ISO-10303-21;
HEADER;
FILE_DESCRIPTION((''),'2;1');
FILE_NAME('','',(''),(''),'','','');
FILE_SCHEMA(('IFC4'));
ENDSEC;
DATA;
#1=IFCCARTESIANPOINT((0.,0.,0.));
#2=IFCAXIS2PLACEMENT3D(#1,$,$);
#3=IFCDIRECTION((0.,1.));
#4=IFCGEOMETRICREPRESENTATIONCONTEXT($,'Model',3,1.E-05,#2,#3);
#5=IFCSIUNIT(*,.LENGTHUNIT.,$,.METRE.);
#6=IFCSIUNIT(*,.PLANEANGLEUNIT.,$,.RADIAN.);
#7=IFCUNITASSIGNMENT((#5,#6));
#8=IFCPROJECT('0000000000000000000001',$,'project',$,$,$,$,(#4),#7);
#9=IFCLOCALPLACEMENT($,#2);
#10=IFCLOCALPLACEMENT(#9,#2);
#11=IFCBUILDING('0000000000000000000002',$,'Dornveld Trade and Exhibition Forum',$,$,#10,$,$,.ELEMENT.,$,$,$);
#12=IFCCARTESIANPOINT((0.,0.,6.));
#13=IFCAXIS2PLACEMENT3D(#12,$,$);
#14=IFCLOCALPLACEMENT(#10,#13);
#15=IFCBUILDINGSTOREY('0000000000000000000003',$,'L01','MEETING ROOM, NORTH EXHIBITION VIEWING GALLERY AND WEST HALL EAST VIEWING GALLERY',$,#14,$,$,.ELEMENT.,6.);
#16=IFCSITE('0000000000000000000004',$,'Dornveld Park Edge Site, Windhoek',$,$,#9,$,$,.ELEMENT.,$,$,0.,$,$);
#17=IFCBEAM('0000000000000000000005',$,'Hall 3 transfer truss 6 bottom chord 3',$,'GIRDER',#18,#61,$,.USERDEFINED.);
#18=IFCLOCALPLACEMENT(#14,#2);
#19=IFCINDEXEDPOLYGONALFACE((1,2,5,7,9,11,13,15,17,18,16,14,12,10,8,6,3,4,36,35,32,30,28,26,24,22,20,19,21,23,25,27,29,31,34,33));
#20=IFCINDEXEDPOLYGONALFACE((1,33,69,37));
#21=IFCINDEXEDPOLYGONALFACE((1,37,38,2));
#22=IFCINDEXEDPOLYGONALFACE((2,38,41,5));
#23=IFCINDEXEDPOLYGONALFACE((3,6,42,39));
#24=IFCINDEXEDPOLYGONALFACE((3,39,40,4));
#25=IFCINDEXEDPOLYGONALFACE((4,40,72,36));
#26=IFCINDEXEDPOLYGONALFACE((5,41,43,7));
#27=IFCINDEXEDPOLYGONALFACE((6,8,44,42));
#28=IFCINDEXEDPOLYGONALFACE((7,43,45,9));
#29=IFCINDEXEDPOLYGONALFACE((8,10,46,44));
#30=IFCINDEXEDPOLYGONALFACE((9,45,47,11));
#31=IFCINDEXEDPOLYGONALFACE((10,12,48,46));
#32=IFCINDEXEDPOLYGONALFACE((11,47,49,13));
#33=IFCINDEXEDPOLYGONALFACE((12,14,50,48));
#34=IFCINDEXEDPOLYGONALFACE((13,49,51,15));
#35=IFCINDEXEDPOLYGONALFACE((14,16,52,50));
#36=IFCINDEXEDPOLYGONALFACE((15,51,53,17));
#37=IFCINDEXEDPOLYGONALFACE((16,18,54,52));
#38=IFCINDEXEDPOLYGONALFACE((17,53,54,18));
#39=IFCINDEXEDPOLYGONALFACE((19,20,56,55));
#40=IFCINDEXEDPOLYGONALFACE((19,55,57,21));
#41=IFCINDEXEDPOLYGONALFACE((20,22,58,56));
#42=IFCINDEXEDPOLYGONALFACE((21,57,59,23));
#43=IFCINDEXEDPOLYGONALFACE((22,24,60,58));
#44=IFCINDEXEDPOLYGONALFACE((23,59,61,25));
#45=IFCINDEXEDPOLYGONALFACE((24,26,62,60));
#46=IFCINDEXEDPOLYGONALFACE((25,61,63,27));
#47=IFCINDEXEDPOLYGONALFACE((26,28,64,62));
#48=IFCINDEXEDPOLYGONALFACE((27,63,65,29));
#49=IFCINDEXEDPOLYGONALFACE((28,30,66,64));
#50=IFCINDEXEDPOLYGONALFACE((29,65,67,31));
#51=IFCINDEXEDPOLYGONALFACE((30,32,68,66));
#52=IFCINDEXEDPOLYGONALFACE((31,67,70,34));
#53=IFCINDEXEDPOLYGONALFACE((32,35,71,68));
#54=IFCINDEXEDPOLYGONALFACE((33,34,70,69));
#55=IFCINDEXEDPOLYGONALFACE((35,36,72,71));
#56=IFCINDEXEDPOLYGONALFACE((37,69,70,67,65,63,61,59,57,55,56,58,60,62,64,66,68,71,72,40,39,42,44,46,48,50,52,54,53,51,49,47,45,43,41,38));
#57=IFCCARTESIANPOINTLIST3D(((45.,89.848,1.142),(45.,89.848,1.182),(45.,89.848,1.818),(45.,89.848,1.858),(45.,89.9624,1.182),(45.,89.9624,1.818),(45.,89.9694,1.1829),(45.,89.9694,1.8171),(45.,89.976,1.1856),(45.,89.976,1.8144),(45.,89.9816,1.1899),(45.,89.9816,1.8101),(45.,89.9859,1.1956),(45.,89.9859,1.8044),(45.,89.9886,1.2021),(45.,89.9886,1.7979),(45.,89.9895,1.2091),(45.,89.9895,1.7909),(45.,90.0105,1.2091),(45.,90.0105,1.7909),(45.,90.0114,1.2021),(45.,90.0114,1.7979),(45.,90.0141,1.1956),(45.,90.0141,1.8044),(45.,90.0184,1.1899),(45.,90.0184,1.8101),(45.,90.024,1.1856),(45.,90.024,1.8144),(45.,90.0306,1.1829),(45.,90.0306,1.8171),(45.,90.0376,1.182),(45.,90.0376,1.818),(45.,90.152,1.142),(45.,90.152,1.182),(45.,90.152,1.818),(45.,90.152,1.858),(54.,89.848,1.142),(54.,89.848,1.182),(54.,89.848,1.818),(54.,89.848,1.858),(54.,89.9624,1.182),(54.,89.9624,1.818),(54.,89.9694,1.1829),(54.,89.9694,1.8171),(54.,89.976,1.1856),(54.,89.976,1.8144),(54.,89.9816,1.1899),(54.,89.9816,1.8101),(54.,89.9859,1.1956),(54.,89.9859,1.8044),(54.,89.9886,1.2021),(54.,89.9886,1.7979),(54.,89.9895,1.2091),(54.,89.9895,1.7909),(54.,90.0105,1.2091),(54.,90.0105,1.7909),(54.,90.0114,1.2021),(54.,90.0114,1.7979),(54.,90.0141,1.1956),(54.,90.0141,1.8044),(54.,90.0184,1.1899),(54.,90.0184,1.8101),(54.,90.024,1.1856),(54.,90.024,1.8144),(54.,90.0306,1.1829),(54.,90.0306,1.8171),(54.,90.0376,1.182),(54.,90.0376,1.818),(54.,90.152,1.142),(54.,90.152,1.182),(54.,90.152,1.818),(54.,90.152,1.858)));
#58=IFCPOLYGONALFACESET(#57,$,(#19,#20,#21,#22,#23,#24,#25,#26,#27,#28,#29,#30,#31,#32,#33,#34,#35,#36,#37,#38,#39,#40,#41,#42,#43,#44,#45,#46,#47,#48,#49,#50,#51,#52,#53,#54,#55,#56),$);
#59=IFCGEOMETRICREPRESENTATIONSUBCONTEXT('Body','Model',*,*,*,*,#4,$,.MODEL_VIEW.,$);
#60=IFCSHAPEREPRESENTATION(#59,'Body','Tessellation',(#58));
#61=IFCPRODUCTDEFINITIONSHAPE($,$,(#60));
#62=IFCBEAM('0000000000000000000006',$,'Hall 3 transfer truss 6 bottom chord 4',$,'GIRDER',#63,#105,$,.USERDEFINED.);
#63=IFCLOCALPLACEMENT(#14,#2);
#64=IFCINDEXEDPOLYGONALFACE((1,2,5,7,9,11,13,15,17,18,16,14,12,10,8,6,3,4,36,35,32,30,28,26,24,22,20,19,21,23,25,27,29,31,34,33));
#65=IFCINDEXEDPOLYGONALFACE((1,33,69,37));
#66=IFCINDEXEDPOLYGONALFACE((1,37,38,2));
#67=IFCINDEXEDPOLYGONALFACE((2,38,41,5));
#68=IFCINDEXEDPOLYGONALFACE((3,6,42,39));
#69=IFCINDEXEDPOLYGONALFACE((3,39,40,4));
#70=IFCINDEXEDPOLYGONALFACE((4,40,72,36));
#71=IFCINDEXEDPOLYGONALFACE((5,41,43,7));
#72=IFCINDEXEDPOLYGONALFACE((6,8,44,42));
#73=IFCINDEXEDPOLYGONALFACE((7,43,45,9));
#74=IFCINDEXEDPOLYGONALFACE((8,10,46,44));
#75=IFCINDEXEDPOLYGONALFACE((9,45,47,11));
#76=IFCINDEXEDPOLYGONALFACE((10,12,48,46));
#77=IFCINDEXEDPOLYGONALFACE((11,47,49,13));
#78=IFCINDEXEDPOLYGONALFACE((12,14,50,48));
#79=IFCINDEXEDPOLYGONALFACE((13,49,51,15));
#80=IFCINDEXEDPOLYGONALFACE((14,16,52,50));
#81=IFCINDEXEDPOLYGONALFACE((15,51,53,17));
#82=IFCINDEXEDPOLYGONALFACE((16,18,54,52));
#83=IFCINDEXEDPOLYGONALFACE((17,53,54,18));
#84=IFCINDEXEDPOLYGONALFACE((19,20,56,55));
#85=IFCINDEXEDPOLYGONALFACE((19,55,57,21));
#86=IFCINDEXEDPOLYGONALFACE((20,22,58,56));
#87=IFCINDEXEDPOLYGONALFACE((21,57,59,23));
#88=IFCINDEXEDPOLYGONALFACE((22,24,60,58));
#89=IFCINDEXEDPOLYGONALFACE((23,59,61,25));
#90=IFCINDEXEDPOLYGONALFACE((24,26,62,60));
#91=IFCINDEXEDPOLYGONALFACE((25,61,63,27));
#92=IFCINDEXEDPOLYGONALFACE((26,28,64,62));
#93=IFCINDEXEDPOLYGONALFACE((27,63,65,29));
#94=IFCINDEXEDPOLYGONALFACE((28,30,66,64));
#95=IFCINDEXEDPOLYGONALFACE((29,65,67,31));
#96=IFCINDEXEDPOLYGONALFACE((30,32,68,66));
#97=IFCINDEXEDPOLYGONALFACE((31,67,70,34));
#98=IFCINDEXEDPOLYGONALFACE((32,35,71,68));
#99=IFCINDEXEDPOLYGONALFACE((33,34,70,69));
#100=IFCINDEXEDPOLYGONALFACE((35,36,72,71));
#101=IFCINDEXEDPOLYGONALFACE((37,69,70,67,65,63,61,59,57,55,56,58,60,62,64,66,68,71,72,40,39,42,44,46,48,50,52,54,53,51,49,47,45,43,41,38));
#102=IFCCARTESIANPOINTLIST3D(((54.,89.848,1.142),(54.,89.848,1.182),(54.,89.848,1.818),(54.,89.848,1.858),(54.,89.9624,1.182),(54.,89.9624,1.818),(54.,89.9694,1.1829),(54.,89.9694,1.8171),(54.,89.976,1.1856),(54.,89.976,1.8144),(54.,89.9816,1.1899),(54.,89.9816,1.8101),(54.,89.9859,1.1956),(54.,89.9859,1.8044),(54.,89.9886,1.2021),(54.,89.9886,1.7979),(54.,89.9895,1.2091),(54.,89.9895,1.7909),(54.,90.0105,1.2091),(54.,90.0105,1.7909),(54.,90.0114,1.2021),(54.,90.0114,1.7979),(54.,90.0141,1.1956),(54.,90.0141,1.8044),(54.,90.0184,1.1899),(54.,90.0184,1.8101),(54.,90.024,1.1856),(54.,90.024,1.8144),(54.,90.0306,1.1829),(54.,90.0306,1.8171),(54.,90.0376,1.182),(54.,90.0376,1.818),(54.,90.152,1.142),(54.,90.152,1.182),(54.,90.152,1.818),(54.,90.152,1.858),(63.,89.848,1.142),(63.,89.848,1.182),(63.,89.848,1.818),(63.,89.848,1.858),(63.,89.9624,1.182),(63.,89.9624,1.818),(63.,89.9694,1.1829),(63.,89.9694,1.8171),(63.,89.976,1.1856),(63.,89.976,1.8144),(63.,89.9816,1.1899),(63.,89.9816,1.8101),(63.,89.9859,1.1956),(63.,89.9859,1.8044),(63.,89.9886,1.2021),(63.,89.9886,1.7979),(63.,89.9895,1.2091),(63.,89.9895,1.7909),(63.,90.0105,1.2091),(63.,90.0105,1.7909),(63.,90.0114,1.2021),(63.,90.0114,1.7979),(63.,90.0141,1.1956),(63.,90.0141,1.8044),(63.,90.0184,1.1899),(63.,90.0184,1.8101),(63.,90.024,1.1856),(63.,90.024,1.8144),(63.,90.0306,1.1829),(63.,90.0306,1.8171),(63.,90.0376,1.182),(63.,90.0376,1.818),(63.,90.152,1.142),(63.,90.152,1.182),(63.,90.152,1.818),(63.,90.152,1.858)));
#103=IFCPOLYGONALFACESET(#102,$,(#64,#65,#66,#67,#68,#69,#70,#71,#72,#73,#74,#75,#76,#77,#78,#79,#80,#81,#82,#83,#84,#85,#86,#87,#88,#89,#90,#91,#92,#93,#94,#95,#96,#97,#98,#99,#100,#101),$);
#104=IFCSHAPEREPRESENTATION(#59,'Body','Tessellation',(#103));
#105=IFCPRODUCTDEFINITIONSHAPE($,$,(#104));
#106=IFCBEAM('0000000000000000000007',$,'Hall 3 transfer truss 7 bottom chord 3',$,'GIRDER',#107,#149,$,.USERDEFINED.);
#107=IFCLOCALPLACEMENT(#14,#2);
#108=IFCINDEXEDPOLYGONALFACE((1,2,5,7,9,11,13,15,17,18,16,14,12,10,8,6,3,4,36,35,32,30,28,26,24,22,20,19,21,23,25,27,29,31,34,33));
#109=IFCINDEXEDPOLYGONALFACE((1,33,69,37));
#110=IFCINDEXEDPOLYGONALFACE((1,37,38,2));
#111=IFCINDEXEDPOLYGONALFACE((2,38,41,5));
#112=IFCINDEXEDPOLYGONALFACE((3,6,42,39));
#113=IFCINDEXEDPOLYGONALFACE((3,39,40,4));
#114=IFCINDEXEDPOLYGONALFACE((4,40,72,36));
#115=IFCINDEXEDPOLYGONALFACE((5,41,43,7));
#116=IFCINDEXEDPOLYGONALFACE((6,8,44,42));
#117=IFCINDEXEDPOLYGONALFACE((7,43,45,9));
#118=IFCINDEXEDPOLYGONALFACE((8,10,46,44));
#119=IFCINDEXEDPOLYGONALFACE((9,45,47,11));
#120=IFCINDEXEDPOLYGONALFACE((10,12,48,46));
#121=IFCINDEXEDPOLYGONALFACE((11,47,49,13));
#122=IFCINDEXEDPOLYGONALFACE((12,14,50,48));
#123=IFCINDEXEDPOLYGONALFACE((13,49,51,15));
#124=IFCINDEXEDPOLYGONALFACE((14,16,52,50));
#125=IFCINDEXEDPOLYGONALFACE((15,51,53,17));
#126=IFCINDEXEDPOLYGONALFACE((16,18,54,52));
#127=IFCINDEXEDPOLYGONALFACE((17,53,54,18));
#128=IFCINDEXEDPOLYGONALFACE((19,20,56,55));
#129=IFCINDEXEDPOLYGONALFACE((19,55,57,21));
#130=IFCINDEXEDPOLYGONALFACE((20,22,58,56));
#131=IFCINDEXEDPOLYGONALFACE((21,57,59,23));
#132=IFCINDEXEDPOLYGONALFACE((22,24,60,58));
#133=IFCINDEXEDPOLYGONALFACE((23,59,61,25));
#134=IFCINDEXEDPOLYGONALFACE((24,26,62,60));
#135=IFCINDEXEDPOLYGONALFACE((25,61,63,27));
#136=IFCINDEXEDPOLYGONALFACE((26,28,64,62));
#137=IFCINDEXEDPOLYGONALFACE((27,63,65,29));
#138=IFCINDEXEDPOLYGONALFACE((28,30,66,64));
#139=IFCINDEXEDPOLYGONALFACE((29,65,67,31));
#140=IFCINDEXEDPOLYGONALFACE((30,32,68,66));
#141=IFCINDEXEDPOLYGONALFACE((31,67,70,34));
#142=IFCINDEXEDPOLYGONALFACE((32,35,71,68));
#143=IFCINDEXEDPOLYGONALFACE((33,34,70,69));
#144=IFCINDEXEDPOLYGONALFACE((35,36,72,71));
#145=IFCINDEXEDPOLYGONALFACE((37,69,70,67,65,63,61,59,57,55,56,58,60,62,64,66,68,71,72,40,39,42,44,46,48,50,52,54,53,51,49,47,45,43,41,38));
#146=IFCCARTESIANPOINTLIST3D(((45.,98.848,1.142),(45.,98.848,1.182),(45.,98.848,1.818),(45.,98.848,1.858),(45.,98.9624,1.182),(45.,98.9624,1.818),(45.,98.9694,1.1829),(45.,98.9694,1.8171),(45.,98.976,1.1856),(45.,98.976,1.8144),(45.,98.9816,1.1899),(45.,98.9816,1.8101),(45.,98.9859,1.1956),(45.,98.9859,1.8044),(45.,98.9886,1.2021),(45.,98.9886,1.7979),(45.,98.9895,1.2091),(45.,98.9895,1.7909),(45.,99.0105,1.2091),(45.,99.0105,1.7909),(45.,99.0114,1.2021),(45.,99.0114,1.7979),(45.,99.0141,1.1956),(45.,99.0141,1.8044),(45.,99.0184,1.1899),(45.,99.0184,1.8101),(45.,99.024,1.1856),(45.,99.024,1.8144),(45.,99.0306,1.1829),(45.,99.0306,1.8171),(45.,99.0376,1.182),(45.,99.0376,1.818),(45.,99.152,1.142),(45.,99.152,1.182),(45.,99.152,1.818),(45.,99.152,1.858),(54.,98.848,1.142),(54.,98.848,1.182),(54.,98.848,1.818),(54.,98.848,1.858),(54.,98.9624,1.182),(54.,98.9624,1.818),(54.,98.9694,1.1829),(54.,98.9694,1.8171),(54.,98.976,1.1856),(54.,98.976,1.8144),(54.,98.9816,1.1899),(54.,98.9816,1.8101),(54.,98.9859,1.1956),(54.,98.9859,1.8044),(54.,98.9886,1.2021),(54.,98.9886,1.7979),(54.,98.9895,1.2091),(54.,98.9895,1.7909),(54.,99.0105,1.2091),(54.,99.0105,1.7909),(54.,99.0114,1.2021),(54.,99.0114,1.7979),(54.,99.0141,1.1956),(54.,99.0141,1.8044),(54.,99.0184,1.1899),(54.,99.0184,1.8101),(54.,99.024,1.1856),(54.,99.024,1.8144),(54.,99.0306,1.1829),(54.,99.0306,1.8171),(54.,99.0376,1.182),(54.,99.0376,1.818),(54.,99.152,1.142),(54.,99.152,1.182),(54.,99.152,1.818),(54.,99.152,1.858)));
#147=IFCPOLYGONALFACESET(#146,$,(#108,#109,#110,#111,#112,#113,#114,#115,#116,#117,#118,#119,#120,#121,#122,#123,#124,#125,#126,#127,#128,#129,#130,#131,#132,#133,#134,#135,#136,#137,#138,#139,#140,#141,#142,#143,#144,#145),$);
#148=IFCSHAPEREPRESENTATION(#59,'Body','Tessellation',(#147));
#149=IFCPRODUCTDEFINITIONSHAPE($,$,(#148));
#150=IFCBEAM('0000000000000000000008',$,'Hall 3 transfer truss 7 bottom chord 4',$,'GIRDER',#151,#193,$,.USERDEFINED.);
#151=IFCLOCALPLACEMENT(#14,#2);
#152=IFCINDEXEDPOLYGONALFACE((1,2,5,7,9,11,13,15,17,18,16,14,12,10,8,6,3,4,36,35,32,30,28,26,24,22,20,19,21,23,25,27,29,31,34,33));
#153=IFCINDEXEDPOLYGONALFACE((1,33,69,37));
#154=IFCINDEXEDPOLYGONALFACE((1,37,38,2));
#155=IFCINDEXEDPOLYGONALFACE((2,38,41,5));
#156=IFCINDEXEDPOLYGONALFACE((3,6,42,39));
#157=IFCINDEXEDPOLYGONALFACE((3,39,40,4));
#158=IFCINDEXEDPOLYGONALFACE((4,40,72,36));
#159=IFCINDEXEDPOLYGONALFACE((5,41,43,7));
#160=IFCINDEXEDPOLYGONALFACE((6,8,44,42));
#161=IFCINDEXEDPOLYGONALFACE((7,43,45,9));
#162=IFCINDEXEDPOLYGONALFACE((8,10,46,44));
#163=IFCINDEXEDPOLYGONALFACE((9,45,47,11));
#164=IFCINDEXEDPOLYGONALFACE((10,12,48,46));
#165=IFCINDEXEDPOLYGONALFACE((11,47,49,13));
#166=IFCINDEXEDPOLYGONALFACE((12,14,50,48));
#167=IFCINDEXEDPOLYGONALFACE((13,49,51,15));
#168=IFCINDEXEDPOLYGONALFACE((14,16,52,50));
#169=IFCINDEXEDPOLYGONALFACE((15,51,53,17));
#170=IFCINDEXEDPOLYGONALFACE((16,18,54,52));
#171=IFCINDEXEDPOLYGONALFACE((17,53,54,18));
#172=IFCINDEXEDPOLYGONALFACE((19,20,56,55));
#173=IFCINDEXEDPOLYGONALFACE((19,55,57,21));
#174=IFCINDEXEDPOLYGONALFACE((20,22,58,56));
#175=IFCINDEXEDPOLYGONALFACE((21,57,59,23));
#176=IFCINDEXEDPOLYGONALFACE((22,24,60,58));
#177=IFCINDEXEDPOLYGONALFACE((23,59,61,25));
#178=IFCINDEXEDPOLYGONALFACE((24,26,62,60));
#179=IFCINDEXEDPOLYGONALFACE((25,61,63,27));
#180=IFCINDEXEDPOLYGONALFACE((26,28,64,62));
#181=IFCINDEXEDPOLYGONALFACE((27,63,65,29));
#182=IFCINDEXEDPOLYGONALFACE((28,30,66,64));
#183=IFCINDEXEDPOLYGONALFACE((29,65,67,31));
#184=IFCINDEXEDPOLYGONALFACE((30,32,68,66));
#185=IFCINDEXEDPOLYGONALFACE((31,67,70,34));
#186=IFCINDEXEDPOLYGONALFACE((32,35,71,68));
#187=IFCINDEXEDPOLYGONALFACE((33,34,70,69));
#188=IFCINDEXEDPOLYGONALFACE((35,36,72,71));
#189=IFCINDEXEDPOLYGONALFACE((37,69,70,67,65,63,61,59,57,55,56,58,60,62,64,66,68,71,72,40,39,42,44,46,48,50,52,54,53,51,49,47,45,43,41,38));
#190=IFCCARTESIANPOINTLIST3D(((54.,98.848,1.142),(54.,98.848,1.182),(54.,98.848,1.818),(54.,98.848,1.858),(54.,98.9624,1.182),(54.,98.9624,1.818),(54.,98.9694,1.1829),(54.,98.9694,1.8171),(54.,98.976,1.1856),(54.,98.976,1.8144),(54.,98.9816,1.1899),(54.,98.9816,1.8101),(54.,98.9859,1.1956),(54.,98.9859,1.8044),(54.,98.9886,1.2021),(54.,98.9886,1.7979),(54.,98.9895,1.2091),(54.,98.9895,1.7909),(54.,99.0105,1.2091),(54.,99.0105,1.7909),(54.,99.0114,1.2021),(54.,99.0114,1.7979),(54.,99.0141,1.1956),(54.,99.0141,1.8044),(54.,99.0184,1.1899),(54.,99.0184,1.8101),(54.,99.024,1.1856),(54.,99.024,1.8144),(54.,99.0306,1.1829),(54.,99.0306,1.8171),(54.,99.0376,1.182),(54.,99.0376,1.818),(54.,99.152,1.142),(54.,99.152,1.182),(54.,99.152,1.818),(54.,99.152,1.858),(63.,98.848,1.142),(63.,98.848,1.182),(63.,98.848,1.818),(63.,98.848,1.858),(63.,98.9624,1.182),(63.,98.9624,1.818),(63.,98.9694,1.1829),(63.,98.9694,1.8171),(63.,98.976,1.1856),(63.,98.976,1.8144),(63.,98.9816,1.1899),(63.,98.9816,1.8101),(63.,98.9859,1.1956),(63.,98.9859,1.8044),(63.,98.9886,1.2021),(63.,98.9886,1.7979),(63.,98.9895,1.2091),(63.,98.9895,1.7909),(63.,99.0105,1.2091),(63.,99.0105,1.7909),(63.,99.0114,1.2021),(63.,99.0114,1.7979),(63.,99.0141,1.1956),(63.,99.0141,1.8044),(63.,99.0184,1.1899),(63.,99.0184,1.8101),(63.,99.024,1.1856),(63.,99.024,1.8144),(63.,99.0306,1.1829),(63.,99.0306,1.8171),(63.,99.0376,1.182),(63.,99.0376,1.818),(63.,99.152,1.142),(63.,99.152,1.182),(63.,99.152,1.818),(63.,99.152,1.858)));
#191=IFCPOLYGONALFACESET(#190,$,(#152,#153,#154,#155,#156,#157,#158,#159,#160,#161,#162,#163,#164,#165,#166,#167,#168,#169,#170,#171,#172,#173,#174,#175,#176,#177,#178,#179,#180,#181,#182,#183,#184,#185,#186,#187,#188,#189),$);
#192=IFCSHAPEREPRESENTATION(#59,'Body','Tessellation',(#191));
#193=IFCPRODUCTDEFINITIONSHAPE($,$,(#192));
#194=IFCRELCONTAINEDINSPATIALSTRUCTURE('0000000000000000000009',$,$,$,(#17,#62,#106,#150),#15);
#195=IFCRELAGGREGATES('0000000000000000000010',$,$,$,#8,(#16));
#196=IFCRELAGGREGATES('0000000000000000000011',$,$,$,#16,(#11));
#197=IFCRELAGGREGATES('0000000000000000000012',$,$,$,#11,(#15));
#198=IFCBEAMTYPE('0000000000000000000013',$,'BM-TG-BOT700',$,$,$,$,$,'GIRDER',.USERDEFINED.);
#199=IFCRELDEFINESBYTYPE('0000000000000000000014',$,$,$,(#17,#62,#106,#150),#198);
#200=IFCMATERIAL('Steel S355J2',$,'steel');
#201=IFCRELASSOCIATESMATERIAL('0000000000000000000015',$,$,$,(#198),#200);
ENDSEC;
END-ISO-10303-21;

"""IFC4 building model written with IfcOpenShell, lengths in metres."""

from ifc_helpers import new_model, si_unit, direction, frame, origin, origin_2d, place, context, subcontext, project, spatial, i_section, extrude, material, material_profile, profile_set, type_object, element, save


model = new_model("IFC4")

# Units and contexts
model_context = context("Model", 3, precision=1e-05, world=origin(), true_north=direction((0.0, 1.0)))
body_context = subcontext(model_context, "Body", "Model", "MODEL_VIEW")
ifc_project = project(units=[si_unit("LENGTHUNIT", "METRE"), si_unit("PLANEANGLEUNIT", "RADIAN")], contexts=[model_context])

# Site, building, storey
site_placement = place(None, origin())
site = spatial("IfcSite", under=ifc_project, at=site_placement, Name="Dornveld Park Edge Site, Windhoek", CompositionType="ELEMENT", RefElevation=0.0)
building_placement = place(site_placement, origin())
building = spatial("IfcBuilding", under=site, at=building_placement, Name="Dornveld Trade and Exhibition Forum", CompositionType="ELEMENT")
storey_placement = place(building_placement, frame((0.0, 0.0, 6.0)))
storey = spatial("IfcBuildingStorey", under=building, at=storey_placement, Name="L01", Description="MEETING ROOM, NORTH EXHIBITION VIEWING GALLERY AND WEST HALL EAST VIEWING GALLERY", CompositionType="ELEMENT", Elevation=6.0)

# Beams
ifc_material_1 = material(Name="Steel S355J2", Category="steel")
ifc_material_profile_1 = material_profile(ifc_material_1, i_section(OverallWidth=0.304, OverallDepth=0.7161, WebThickness=0.021, FlangeThickness=0.04, FilletRadius=0.0271, at=origin_2d()), Name="HEM 700")
ifc_profile_set_1 = profile_set([ifc_material_profile_1], Name="Steel S355J2")
beam_type_1 = type_object("IfcBeamType", Name="BM-TG-BOT700", ElementType="GIRDER", PredefinedType="USERDEFINED", material=ifc_profile_set_1)
for number, where, z_axis, x_axis, name in (
    (1, (45.0, 90.0, 1.5), (1.0, 0.0, 0.0), (0.0, 1.0, 0.0), "Hall 3 transfer truss 6 bottom chord 3"),
    (2, (54.0, 90.0, 1.5), (1.0, 0.0, 0.0), (0.0, 1.0, 0.0), "Hall 3 transfer truss 6 bottom chord 4"),
    (3, (45.0, 99.0, 1.5), (1.0, 0.0, 0.0), (0.0, 1.0, 0.0), "Hall 3 transfer truss 7 bottom chord 3"),
    (4, (54.0, 99.0, 1.5), (1.0, 0.0, 0.0), (0.0, 1.0, 0.0), "Hall 3 transfer truss 7 bottom chord 4"),
):
    element("IfcBeam", number, at=place(storey_placement, frame(where, z_axis=z_axis, x_axis=x_axis)), inside=storey, type_object=beam_type_1, Name=name, ObjectType="GIRDER", PredefinedType="USERDEFINED", context=body_context, shape_type="SweptSolid", body=[
        extrude(i_section(OverallWidth=0.304, OverallDepth=0.7161, WebThickness=0.021, FlangeThickness=0.04, FilletRadius=0.0271, at=origin_2d()), origin(), (0.0, 0.0, 1.0), 9.0),
    ])

save(model, "model.ifc")
